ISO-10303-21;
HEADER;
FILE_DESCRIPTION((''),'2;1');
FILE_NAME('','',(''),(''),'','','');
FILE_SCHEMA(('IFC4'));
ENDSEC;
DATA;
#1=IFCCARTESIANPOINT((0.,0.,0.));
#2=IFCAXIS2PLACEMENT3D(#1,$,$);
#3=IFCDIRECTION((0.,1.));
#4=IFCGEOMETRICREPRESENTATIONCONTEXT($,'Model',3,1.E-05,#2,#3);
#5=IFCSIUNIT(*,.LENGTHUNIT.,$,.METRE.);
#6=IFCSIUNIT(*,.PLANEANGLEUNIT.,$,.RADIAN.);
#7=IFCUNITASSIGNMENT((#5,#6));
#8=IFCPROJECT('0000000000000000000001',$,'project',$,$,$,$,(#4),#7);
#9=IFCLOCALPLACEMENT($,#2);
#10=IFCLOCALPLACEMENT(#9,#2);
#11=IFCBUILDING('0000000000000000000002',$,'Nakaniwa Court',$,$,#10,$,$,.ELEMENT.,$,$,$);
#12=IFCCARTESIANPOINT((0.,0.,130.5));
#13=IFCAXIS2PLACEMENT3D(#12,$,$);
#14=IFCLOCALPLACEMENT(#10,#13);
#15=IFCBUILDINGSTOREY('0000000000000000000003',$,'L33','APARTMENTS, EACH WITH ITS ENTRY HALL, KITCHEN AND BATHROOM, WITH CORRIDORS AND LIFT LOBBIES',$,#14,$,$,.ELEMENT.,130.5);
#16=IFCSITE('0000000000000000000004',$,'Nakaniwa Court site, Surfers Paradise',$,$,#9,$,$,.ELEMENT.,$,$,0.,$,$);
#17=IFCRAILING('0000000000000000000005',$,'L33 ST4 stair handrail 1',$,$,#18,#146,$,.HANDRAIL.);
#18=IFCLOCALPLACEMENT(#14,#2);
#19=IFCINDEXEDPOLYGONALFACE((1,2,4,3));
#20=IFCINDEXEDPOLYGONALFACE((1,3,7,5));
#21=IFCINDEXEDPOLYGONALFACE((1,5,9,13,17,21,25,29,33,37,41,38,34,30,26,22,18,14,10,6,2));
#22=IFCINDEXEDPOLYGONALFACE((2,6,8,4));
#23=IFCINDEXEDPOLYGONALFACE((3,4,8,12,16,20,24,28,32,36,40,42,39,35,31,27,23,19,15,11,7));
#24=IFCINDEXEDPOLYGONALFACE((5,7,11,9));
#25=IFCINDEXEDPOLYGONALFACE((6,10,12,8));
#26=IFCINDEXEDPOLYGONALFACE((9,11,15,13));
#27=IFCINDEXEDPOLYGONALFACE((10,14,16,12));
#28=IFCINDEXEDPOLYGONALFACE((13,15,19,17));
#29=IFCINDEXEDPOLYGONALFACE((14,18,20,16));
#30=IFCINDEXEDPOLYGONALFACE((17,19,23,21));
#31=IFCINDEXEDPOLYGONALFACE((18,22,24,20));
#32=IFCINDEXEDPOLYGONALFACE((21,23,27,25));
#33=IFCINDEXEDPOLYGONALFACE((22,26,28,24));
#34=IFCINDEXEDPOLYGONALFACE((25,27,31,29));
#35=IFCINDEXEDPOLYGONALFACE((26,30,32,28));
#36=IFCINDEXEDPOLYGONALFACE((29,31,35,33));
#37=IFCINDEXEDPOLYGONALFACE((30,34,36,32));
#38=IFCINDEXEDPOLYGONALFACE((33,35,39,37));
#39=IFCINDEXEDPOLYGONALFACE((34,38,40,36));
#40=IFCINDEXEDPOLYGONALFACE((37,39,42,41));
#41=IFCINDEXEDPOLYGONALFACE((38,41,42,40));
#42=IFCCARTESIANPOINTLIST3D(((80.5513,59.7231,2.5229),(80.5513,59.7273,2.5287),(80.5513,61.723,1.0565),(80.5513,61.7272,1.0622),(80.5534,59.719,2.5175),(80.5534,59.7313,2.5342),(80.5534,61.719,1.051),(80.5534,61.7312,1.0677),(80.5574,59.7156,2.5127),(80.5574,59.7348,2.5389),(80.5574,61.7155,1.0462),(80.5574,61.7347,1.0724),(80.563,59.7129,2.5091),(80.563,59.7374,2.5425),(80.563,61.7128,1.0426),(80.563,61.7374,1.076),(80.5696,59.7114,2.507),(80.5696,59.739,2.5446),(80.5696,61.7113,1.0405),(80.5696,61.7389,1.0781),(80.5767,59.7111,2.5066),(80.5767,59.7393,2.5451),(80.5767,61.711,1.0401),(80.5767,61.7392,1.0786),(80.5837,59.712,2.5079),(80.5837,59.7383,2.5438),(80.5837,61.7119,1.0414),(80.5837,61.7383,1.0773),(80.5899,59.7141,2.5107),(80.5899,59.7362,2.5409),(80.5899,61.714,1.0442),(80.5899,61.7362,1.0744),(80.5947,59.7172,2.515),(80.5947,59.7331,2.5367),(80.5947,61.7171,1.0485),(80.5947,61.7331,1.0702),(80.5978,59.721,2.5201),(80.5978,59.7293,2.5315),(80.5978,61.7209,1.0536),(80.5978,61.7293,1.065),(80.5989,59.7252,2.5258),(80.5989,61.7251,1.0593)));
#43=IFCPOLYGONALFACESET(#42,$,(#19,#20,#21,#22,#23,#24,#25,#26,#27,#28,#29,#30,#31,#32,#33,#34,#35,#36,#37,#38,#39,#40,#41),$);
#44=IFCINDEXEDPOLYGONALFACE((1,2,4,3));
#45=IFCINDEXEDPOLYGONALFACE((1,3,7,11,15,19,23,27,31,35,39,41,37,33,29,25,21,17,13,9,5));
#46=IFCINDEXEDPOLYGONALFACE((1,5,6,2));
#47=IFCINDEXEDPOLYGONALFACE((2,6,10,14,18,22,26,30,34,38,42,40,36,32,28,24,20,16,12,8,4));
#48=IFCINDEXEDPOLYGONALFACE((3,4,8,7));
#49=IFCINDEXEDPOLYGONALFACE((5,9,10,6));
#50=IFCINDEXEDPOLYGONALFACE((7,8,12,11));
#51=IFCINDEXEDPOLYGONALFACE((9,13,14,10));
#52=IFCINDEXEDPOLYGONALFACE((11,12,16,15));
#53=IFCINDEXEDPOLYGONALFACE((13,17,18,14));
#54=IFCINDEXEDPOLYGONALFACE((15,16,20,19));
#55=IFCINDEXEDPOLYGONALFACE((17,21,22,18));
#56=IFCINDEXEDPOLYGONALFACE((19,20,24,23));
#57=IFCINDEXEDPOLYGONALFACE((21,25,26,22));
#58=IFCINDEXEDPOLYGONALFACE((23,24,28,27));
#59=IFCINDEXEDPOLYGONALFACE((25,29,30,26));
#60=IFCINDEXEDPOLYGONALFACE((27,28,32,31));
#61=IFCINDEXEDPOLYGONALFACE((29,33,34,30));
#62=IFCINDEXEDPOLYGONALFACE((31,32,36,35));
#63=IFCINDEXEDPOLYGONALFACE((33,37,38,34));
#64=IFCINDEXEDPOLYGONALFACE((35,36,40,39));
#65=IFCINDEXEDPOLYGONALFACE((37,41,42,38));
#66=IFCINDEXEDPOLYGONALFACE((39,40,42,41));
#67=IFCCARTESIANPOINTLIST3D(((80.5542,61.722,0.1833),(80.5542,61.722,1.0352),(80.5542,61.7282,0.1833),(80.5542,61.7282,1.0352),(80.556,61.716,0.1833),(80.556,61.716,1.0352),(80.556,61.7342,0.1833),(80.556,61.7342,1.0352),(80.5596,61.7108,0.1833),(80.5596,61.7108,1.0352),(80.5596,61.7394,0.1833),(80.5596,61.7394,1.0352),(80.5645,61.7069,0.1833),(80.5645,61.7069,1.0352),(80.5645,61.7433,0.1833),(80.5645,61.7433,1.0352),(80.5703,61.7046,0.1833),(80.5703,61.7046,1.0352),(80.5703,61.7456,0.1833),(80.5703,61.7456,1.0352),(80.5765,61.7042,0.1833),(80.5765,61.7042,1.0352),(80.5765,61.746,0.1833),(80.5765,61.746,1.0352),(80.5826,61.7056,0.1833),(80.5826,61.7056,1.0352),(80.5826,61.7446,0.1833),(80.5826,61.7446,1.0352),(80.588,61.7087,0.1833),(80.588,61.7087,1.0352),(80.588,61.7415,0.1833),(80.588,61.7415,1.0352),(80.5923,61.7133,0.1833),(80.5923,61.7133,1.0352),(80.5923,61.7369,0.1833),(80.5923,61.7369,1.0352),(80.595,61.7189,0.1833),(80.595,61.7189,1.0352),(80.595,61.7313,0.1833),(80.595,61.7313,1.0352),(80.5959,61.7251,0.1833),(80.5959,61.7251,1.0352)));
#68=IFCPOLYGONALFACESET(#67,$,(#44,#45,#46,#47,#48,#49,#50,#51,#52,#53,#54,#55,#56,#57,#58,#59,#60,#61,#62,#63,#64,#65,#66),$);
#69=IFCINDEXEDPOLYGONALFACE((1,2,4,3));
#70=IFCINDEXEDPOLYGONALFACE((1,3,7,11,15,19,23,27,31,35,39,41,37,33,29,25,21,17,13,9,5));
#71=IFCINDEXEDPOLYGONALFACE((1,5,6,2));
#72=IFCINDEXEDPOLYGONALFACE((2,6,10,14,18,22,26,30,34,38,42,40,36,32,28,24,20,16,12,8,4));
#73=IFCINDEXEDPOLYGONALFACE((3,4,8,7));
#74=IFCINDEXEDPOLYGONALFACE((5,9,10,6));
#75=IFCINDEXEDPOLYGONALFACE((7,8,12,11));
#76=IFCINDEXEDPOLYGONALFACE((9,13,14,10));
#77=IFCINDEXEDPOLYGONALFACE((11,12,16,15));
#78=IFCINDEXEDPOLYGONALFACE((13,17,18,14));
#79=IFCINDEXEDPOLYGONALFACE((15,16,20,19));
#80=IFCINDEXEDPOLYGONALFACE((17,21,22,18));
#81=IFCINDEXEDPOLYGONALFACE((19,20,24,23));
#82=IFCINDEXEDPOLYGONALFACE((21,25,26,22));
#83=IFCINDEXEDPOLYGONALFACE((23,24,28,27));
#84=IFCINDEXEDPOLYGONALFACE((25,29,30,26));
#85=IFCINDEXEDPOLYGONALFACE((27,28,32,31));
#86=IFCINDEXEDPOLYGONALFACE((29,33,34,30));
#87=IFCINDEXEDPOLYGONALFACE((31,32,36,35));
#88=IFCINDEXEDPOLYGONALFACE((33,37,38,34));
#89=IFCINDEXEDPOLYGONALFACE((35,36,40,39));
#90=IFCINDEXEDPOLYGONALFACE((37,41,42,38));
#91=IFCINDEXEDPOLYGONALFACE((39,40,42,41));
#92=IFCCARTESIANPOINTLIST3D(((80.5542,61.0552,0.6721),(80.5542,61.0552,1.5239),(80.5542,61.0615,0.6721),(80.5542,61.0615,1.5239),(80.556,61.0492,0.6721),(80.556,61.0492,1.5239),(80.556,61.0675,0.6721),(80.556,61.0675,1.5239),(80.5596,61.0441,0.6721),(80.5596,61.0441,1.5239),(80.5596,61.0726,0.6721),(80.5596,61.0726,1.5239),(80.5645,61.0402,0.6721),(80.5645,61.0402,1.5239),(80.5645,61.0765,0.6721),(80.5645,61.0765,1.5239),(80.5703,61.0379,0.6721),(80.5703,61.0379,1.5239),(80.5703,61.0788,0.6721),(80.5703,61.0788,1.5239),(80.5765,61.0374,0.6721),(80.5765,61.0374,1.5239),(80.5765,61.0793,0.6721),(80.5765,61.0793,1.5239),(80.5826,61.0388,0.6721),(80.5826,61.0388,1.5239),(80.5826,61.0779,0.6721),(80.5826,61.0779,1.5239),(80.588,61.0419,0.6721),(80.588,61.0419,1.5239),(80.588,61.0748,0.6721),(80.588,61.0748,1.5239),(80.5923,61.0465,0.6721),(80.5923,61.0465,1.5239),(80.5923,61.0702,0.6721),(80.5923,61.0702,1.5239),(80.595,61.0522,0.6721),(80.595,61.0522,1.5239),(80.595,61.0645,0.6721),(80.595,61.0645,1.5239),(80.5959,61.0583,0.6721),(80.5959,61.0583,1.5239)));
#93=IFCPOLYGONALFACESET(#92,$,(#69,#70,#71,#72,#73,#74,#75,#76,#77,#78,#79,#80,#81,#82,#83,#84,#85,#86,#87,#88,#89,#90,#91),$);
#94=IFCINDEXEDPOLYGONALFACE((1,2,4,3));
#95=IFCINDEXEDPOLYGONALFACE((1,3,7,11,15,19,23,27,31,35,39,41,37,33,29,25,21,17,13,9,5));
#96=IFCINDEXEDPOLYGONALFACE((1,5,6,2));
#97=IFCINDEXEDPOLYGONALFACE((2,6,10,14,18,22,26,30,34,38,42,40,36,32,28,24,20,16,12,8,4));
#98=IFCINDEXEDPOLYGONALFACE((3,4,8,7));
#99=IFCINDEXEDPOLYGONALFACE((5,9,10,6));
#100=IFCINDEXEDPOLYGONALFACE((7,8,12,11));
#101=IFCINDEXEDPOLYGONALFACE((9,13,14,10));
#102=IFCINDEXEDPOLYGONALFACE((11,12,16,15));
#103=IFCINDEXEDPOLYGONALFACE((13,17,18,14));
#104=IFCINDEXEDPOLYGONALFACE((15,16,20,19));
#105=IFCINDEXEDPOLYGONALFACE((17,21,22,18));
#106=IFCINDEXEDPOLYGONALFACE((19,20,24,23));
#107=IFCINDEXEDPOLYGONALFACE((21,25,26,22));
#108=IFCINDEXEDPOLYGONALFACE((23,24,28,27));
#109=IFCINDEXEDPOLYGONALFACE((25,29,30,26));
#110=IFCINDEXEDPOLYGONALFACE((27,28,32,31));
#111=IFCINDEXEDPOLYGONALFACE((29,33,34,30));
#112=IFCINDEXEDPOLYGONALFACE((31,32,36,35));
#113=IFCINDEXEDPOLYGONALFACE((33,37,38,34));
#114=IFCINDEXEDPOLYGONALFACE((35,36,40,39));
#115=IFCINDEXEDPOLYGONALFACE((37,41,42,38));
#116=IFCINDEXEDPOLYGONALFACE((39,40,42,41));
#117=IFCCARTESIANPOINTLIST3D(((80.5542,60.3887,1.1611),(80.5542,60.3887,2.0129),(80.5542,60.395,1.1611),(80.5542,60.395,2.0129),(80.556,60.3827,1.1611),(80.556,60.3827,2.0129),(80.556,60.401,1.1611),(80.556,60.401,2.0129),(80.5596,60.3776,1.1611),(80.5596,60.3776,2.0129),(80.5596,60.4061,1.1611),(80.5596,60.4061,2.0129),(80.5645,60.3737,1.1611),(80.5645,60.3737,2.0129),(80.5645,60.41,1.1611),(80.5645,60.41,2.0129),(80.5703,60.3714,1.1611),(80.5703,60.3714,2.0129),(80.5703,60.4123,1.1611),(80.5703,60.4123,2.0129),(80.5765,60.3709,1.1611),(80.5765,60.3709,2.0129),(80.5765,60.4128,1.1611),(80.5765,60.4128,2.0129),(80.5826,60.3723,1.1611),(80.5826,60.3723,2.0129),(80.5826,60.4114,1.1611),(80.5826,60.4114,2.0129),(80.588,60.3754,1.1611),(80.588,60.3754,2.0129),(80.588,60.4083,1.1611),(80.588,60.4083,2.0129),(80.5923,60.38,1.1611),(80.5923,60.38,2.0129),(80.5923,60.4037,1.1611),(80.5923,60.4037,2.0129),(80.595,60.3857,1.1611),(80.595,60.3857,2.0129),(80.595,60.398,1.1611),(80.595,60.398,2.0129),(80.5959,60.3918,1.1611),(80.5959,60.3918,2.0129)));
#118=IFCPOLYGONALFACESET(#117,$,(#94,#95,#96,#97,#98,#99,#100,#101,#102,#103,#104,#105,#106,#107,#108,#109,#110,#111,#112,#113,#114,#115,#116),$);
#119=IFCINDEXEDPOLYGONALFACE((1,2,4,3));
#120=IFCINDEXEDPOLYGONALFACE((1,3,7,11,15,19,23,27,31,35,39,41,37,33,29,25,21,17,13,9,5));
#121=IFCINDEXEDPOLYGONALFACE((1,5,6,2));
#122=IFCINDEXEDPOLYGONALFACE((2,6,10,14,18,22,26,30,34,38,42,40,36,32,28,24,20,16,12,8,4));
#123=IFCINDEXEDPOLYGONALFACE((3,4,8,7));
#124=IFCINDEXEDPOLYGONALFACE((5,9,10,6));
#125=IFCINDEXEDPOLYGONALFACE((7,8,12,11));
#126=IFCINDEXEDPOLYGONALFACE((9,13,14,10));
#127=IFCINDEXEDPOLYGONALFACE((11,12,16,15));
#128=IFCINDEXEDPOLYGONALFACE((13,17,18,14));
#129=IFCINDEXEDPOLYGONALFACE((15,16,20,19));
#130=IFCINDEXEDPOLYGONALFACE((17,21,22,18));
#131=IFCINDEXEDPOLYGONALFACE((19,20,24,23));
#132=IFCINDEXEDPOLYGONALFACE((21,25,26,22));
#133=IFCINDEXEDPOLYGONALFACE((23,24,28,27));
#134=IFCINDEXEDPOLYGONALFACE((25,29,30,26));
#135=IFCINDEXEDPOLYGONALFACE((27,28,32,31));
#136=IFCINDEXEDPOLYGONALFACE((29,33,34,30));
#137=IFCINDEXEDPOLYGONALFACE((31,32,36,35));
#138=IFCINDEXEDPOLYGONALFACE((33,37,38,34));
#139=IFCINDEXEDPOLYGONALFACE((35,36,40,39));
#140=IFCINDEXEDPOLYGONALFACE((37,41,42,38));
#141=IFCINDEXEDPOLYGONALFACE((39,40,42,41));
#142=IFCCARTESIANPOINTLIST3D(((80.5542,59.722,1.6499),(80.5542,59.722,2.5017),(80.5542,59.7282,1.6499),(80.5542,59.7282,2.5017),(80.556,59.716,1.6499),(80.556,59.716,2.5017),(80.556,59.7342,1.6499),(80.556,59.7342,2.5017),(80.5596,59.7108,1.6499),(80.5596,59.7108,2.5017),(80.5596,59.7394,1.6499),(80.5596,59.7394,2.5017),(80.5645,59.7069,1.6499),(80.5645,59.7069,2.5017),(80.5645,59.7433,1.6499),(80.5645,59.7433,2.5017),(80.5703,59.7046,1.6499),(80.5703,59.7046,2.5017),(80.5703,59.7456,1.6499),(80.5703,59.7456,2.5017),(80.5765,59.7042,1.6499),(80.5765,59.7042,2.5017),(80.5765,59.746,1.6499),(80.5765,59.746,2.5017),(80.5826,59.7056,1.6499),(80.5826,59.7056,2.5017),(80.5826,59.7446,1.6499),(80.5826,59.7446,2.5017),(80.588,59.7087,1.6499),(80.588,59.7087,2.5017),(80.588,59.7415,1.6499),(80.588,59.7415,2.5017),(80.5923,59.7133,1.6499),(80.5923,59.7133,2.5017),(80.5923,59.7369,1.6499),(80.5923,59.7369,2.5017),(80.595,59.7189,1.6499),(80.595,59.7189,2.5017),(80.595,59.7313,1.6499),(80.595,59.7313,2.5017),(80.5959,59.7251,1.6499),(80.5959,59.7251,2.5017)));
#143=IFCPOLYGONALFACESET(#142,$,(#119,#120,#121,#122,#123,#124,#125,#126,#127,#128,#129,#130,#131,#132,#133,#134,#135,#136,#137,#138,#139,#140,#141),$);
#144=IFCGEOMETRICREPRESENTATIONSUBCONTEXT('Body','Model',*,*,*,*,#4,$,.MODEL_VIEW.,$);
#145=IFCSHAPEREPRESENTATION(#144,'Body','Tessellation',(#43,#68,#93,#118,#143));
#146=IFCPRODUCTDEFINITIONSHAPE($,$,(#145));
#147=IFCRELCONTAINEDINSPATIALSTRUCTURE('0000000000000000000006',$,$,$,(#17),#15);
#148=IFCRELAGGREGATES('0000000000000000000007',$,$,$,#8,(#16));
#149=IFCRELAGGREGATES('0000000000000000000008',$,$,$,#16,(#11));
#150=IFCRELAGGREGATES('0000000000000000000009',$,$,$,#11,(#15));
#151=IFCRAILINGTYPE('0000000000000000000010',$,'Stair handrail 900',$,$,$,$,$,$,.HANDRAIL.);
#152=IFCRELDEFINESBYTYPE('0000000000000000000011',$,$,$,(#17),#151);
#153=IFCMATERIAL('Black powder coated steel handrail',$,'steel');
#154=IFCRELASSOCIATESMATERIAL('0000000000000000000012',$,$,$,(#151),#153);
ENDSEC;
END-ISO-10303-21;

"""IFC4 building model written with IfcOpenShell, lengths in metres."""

from ifc_helpers import new_model, si_unit, direction, frame, origin, origin_2d, place, context, subcontext, project, spatial, circle, extrude, material, type_object, element, save


model = new_model("IFC4")

# Units and contexts
model_context = context("Model", 3, precision=1e-05, world=origin(), true_north=direction((0.0, 1.0)))
body_context = subcontext(model_context, "Body", "Model", "MODEL_VIEW")
ifc_project = project(units=[si_unit("LENGTHUNIT", "METRE"), si_unit("PLANEANGLEUNIT", "RADIAN")], contexts=[model_context])

# Site, building, storey
site_placement = place(None, origin())
site = spatial("IfcSite", under=ifc_project, at=site_placement, Name="Nakaniwa Court site, Surfers Paradise", CompositionType="ELEMENT", RefElevation=0.0)
building_placement = place(site_placement, origin())
building = spatial("IfcBuilding", under=site, at=building_placement, Name="Nakaniwa Court", CompositionType="ELEMENT")
storey_placement = place(building_placement, frame((0.0, 0.0, 130.5)))
storey = spatial("IfcBuildingStorey", under=building, at=storey_placement, Name="L33", Description="APARTMENTS, EACH WITH ITS ENTRY HALL, KITCHEN AND BATHROOM, WITH CORRIDORS AND LIFT LOBBIES", CompositionType="ELEMENT", Elevation=130.5)

# Railing
ifc_material_1 = material(Name="Black powder coated steel handrail", Category="steel")
railing_type_1 = type_object("IfcRailingType", Name="Stair handrail 900", PredefinedType="HANDRAIL", material=ifc_material_1)
railing_1_placement = place(storey_placement, frame((80.575, 61.7251, 0.1833)))
element("IfcRailing", 1, at=railing_1_placement, inside=storey, type_object=railing_type_1, Name="L33 ST4 stair handrail 1", PredefinedType="HANDRAIL", context=body_context, shape_type="SweptSolid", body=[
    extrude(circle(Radius=0.0239, at=origin_2d()), frame((0.0, 0.0, 0.876), z_axis=(0.0, -0.806427, 0.591334), x_axis=(1.0, 0.0, 0.0)), (0.0, 0.0, 1.0), 2.48),
    extrude(circle(Radius=0.021, at=origin_2d()), origin(), (0.0, 0.0, 1.0), 0.8518),
    extrude(circle(Radius=0.021, at=origin_2d()), frame((0.0, -0.6667, 0.4888)), (0.0, 0.0, 1.0), 0.8518),
    extrude(circle(Radius=0.021, at=origin_2d()), frame((0.0, -1.3333, 0.9778)), (0.0, 0.0, 1.0), 0.8518),
    extrude(circle(Radius=0.021, at=origin_2d()), frame((0.0, -2.0, 1.4666)), (0.0, 0.0, 1.0), 0.8518),
])

save(model, "model.ifc")
